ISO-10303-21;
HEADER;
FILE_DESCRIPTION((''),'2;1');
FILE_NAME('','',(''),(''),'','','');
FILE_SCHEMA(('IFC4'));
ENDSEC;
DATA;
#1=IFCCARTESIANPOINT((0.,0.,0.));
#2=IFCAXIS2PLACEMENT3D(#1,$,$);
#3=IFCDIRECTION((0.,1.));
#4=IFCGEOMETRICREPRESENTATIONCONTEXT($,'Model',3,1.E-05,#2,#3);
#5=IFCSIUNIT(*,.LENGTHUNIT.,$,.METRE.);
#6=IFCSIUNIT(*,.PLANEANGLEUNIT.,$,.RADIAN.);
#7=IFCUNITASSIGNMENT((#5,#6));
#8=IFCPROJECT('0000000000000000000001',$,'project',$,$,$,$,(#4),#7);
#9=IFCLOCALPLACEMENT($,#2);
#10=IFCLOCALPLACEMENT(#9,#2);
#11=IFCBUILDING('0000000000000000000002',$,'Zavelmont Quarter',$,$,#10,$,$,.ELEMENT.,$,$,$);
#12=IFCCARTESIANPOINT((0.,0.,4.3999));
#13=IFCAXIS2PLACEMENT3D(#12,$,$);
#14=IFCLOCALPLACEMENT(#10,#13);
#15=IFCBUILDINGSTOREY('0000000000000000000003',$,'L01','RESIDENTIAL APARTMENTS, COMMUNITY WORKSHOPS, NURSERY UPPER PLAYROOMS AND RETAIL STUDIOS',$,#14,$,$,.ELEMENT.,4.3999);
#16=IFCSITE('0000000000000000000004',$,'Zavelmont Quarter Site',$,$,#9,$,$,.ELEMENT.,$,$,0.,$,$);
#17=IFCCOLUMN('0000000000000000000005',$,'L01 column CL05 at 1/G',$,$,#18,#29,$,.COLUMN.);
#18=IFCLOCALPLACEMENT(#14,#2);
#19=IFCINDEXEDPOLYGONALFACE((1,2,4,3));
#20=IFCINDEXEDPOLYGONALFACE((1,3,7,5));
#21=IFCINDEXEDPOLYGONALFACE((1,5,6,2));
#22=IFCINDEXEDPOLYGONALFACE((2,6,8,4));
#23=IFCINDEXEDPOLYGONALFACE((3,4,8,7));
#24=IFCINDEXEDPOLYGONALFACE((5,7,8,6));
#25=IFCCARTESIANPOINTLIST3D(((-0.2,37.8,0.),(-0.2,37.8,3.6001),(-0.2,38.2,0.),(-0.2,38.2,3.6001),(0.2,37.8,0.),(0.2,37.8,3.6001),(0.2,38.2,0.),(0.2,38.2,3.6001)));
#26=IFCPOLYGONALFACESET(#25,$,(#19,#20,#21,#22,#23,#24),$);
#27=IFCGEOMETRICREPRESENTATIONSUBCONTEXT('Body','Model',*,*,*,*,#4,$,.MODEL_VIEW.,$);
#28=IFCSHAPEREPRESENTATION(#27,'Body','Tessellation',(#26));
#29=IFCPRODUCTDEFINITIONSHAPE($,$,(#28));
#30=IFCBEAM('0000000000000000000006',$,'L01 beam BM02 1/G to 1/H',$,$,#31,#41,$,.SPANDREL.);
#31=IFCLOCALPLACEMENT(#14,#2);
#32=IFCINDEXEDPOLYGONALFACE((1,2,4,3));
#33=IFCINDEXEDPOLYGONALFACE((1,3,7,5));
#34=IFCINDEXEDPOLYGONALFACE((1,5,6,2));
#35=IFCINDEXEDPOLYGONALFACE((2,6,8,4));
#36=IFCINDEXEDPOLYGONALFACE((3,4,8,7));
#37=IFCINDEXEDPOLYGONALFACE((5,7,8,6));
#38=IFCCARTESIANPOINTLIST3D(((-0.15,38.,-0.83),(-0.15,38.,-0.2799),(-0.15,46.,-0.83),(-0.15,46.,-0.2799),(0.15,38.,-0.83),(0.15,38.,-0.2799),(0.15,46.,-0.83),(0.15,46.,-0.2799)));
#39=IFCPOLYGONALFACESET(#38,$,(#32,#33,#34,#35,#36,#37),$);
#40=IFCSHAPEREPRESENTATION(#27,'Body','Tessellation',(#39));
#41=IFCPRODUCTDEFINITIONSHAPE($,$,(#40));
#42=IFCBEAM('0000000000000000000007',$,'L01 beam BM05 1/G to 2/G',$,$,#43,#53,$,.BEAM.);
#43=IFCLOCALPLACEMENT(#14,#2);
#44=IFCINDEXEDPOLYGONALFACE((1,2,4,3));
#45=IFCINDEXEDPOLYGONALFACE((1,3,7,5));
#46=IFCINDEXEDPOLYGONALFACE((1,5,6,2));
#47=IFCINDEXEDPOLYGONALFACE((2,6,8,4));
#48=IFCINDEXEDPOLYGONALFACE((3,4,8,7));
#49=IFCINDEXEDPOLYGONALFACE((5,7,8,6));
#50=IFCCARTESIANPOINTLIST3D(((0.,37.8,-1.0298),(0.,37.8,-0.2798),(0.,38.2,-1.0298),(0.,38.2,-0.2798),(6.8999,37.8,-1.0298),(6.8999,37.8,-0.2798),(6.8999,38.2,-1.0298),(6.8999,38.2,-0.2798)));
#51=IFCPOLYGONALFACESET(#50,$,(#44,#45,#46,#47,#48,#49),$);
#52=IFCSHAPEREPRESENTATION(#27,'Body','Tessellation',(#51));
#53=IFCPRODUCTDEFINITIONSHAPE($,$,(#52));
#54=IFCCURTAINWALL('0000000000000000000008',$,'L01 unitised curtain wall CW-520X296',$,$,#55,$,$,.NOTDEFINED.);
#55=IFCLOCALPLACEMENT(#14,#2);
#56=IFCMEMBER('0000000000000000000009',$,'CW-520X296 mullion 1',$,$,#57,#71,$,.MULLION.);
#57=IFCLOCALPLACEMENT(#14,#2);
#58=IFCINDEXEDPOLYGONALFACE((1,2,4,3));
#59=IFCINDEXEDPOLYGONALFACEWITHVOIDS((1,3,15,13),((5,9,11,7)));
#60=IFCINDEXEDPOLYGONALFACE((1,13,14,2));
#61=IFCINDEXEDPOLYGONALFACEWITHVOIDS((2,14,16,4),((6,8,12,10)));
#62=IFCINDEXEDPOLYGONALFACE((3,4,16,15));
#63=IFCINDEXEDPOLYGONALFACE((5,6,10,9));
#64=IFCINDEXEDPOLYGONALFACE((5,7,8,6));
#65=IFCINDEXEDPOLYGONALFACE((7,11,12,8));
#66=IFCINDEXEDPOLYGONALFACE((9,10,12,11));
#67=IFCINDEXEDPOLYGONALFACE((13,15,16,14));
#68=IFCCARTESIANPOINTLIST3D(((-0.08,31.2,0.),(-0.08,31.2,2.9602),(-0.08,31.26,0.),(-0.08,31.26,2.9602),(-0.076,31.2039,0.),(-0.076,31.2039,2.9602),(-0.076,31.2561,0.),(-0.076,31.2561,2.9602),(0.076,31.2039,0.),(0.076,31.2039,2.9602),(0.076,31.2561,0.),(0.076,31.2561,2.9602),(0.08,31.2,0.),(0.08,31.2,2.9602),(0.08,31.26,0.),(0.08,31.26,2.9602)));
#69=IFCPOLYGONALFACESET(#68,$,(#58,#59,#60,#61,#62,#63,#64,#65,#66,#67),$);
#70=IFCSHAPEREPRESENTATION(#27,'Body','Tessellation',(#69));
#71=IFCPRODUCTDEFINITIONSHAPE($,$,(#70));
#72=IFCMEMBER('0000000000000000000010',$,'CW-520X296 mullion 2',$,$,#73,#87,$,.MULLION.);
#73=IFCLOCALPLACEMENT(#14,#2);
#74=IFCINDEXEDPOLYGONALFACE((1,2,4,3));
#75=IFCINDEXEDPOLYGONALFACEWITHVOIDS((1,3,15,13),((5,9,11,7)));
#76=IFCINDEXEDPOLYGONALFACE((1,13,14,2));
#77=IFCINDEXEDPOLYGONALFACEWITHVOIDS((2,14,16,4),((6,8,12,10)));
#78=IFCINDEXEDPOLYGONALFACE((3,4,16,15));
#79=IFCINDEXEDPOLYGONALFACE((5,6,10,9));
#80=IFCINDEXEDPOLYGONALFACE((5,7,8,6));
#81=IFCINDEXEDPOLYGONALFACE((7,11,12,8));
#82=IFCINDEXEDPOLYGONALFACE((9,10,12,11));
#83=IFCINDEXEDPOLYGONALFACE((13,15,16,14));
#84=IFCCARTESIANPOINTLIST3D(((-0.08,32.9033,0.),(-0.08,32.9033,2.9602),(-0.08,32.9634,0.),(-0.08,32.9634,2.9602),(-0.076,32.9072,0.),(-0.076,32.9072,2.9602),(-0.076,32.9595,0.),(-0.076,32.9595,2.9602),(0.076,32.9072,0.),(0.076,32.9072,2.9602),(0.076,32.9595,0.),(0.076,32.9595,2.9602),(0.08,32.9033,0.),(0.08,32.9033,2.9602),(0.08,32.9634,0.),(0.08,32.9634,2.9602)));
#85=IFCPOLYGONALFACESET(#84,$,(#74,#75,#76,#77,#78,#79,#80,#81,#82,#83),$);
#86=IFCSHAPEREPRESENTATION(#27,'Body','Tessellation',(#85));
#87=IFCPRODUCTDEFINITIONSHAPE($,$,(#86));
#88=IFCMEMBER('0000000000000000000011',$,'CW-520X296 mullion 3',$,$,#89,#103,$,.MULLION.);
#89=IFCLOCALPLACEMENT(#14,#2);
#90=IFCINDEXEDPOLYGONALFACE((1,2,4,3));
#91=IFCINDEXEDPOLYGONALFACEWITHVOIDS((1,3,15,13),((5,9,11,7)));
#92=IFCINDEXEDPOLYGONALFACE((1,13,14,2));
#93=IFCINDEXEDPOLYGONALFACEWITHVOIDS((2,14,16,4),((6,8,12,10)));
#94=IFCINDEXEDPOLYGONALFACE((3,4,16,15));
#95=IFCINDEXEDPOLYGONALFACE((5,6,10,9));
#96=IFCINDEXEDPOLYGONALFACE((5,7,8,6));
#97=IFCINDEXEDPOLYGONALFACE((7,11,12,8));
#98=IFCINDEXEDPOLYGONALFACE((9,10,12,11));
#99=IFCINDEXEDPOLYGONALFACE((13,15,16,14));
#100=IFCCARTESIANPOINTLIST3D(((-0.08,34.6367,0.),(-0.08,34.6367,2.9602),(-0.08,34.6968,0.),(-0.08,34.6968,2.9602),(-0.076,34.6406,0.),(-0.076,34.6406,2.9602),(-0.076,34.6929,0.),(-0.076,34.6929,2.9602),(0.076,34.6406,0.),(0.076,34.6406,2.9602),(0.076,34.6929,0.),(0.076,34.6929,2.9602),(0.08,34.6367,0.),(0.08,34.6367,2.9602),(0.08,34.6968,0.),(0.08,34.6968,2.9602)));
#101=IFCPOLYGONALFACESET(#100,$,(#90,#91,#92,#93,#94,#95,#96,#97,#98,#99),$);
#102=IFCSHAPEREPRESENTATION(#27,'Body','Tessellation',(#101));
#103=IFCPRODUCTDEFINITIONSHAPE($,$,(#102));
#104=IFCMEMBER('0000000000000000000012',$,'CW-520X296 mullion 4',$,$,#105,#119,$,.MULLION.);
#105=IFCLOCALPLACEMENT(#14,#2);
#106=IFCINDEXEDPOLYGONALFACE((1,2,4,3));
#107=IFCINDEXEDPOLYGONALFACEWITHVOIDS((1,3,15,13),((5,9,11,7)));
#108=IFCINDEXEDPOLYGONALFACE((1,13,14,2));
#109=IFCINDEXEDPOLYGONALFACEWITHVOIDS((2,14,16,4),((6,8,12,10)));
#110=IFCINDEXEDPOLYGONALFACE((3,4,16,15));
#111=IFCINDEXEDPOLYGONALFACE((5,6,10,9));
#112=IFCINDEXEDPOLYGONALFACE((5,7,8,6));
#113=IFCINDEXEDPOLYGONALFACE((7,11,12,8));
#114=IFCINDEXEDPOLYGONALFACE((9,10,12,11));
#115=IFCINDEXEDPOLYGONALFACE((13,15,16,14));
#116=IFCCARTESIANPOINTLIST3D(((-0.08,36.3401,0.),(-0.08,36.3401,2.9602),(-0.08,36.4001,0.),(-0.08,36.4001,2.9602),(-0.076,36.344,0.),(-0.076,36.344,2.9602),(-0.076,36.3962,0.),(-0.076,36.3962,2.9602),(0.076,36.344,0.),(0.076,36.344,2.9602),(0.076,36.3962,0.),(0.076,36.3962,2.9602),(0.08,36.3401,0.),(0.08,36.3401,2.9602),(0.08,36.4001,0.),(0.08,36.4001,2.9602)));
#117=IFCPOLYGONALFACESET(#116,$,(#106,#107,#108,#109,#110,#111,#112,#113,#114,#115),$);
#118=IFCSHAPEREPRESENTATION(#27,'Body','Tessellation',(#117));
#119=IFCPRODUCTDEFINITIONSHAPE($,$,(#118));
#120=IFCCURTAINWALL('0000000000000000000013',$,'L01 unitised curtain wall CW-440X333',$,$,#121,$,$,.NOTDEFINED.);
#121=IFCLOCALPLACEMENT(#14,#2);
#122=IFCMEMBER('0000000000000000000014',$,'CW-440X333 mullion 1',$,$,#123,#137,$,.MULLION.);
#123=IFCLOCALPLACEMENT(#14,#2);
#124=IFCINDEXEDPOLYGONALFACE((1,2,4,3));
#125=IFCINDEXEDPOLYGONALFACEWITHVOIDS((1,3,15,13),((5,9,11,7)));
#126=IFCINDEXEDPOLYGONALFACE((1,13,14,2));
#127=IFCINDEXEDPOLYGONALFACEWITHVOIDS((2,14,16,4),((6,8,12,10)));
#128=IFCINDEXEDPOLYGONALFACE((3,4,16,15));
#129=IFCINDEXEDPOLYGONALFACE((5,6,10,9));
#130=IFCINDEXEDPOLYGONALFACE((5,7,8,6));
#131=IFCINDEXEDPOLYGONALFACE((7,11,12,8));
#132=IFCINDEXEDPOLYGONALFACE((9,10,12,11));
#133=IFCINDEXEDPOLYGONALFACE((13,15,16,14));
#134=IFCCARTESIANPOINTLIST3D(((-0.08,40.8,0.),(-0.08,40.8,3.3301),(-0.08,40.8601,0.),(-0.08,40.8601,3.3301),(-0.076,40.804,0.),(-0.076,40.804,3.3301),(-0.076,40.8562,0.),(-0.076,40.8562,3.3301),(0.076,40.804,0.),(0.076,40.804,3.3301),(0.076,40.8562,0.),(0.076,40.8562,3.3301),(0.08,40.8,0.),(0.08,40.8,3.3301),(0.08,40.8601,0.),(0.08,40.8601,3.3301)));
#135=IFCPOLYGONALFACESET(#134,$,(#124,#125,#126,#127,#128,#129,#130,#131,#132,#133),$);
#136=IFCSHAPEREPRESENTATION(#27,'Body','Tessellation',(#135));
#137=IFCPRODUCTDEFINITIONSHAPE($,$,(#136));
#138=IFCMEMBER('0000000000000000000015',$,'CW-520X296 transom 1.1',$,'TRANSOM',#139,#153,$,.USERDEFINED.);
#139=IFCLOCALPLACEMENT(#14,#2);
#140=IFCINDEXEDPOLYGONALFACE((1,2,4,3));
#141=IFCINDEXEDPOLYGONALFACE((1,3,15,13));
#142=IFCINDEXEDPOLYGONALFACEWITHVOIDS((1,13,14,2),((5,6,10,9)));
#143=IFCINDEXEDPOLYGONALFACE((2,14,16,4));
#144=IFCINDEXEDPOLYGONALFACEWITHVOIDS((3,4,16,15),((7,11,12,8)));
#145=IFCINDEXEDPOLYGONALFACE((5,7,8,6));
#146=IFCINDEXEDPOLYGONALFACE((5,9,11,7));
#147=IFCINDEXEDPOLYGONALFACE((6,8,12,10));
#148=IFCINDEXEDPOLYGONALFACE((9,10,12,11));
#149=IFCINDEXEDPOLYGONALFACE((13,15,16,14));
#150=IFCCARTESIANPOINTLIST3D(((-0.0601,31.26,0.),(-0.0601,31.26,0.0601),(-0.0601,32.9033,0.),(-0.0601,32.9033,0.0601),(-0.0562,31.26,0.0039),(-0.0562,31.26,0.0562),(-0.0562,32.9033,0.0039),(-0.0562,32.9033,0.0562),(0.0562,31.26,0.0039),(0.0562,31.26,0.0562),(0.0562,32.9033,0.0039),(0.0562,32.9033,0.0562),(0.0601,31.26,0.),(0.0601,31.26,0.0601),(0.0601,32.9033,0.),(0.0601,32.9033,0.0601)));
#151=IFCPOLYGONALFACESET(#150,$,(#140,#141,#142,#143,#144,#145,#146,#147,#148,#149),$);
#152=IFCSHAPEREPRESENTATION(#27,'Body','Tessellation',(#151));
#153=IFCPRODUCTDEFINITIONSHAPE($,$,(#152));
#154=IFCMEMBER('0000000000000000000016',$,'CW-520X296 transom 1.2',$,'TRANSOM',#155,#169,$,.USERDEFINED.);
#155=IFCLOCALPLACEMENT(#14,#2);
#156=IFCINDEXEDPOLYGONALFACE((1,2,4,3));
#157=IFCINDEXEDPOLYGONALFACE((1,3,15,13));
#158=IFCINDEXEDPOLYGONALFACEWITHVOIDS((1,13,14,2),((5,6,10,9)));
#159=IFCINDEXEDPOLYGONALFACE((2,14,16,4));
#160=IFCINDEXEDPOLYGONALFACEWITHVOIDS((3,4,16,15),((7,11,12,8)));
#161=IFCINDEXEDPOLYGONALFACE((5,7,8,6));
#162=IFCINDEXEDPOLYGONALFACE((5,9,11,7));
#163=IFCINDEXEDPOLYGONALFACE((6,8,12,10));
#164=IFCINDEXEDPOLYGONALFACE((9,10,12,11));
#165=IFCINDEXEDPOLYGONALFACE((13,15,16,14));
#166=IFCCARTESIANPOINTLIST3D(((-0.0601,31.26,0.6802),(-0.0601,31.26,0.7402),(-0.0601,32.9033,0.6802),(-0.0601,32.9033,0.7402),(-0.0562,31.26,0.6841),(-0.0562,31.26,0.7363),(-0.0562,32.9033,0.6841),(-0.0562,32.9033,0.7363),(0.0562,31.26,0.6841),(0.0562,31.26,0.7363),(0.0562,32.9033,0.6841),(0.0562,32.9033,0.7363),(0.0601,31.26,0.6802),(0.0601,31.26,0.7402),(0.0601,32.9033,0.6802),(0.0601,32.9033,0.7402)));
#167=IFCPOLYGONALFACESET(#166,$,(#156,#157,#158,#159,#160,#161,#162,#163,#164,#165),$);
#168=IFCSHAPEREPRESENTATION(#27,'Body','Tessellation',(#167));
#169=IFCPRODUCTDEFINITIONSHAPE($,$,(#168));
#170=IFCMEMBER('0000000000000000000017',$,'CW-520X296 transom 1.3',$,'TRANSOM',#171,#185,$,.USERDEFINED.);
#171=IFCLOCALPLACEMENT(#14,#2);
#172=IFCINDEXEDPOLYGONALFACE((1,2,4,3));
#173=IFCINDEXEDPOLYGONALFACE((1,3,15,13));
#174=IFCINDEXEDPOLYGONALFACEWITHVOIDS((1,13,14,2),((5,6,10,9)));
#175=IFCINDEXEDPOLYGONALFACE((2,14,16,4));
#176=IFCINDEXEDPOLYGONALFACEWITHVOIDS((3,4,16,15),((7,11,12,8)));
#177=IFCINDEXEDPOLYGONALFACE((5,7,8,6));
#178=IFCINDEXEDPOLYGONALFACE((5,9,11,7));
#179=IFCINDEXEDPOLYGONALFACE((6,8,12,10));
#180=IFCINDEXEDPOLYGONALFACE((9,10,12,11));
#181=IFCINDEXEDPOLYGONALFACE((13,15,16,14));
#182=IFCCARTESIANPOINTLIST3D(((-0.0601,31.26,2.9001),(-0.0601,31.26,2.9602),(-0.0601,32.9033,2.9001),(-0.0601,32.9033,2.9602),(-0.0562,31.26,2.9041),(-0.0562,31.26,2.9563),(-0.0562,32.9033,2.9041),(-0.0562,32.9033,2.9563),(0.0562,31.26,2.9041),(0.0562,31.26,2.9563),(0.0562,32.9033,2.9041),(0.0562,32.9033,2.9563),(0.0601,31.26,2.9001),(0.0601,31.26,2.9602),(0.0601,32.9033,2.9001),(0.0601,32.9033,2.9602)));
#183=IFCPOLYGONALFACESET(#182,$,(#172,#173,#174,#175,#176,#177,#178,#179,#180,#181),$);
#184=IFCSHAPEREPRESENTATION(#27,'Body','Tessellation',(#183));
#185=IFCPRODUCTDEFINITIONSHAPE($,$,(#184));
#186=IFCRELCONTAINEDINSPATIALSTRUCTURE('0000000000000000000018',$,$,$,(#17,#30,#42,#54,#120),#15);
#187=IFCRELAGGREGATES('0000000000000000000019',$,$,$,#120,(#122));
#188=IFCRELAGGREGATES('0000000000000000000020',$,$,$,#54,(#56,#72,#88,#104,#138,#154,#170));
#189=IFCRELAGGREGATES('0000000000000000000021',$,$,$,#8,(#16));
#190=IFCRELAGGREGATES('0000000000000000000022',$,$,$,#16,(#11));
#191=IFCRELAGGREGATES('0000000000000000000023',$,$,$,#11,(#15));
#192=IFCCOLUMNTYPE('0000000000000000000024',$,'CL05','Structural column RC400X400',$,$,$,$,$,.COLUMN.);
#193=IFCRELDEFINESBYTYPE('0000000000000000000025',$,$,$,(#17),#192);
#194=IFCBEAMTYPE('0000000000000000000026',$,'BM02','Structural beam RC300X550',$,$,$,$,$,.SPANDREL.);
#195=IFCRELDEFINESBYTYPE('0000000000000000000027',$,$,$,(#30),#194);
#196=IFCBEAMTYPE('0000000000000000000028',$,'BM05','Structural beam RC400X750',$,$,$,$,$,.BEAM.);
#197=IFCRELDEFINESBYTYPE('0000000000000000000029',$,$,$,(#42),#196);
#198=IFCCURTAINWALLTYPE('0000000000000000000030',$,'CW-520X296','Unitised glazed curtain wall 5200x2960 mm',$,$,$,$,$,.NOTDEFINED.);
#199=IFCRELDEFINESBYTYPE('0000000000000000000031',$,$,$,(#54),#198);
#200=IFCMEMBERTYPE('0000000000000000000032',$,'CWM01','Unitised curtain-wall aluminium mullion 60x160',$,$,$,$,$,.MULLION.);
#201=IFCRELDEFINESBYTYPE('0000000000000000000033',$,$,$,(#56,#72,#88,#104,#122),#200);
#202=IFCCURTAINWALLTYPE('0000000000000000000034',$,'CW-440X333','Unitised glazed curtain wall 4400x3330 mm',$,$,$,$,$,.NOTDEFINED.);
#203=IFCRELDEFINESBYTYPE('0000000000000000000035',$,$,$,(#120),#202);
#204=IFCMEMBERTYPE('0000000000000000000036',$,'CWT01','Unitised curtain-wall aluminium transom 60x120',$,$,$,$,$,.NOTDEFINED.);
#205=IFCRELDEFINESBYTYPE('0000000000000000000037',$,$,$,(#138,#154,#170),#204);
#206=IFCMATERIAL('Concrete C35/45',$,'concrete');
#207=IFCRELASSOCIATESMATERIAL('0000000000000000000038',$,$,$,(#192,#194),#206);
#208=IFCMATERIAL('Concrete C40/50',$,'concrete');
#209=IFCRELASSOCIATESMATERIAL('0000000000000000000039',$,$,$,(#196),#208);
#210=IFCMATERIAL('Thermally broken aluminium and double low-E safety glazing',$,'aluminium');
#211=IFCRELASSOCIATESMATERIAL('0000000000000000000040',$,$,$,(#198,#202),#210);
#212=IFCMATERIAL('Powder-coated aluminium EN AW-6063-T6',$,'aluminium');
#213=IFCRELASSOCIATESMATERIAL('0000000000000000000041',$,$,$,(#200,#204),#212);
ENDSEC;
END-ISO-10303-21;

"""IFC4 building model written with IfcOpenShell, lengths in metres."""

from ifc_helpers import new_model, si_unit, direction, frame, origin, origin_2d, place, context, subcontext, project, spatial, rectangle, hollow_rectangle, extrude, material, material_profile, profile_set, type_object, element, aggregate, save


model = new_model("IFC4")

# Units and contexts
model_context = context("Model", 3, precision=1e-05, world=origin(), true_north=direction((0.0, 1.0)))
body_context = subcontext(model_context, "Body", "Model", "MODEL_VIEW")
ifc_project = project(units=[si_unit("LENGTHUNIT", "METRE"), si_unit("PLANEANGLEUNIT", "RADIAN")], contexts=[model_context])

# Site, building, storey
site_placement = place(None, origin())
site = spatial("IfcSite", under=ifc_project, at=site_placement, Name="Zavelmont Quarter Site", CompositionType="ELEMENT", RefElevation=0.0)
building_placement = place(site_placement, origin())
building = spatial("IfcBuilding", under=site, at=building_placement, Name="Zavelmont Quarter", CompositionType="ELEMENT")
storey_placement = place(building_placement, frame((0.0, 0.0, 4.3999)))
storey = spatial("IfcBuildingStorey", under=building, at=storey_placement, Name="L01", Description="RESIDENTIAL APARTMENTS, COMMUNITY WORKSHOPS, NURSERY UPPER PLAYROOMS AND RETAIL STUDIOS", CompositionType="ELEMENT", Elevation=4.3999)

# Column
ifc_material_1 = material(Name="Concrete C35/45", Category="concrete")
ifc_material_profile_1 = material_profile(ifc_material_1, rectangle(XDim=0.3999, YDim=0.3999, at=origin_2d()), Name="RC400X400")
ifc_profile_set_1 = profile_set([ifc_material_profile_1], Name="Concrete C35/45")
column_type = type_object("IfcColumnType", Name="CL05", Description="Structural column RC400X400", PredefinedType="COLUMN", material=ifc_profile_set_1)
column_placement = place(storey_placement, frame((0.0, 38.0, 0.0), z_axis=(0.0, 0.0, 1.0), x_axis=(1.0, 0.0, 0.0)))
element("IfcColumn", 1, at=column_placement, inside=storey, type_object=column_type, Name="L01 column CL05 at 1/G", PredefinedType="COLUMN", context=body_context, shape_type="SweptSolid", body=[
    extrude(rectangle(XDim=0.3999, YDim=0.3999, at=origin_2d()), origin(), (0.0, 0.0, 1.0), 3.6001),
])

# Beams
ifc_material_profile_2 = material_profile(ifc_material_1, rectangle(XDim=0.3, YDim=0.55, at=origin_2d()), Name="RC300X550")
ifc_profile_set_2 = profile_set([ifc_material_profile_2], Name="Concrete C35/45")
beam_type_1 = type_object("IfcBeamType", Name="BM02", Description="Structural beam RC300X550", PredefinedType="SPANDREL", material=ifc_profile_set_2)
beam_1_placement = place(storey_placement, frame((0.0, 38.0, -0.5549), z_axis=(0.0, 1.0, 0.0), x_axis=(-1.0, 0.0, 0.0)))
element("IfcBeam", 2, at=beam_1_placement, inside=storey, type_object=beam_type_1, Name="L01 beam BM02 1/G to 1/H", PredefinedType="SPANDREL", context=body_context, shape_type="SweptSolid", body=[
    extrude(rectangle(XDim=0.3, YDim=0.55, at=origin_2d()), origin(), (0.0, 0.0, 1.0), 8.0),
])
ifc_material_2 = material(Name="Concrete C40/50", Category="concrete")
ifc_material_profile_3 = material_profile(ifc_material_2, rectangle(XDim=0.3999, YDim=0.75, at=origin_2d()), Name="RC400X750")
ifc_profile_set_3 = profile_set([ifc_material_profile_3], Name="Concrete C40/50")
beam_type_2 = type_object("IfcBeamType", Name="BM05", Description="Structural beam RC400X750", PredefinedType="BEAM", material=ifc_profile_set_3)
beam_2_placement = place(storey_placement, frame((0.0, 38.0, -0.6548), z_axis=(1.0, 0.0, 0.0), x_axis=(0.0, 1.0, 0.0)))
element("IfcBeam", 3, at=beam_2_placement, inside=storey, type_object=beam_type_2, Name="L01 beam BM05 1/G to 2/G", PredefinedType="BEAM", context=body_context, shape_type="SweptSolid", body=[
    extrude(rectangle(XDim=0.3999, YDim=0.75, at=origin_2d()), origin(), (0.0, 0.0, 1.0), 6.8999),
])

# Curtain wall, members
ifc_material_3 = material(Name="Thermally broken aluminium and double low-E safety glazing", Category="aluminium")
curtain_wall_type_1 = type_object("IfcCurtainWallType", Name="CW-520X296", Description="Unitised glazed curtain wall 5200x2960 mm", PredefinedType="NOTDEFINED", material=ifc_material_3)
curtain_wall_1_placement = place(storey_placement, origin())
curtain_wall_1 = element("IfcCurtainWall", 4, at=curtain_wall_1_placement, inside=storey, type_object=curtain_wall_type_1, Name="L01 unitised curtain wall CW-520X296", PredefinedType="NOTDEFINED")
ifc_material_4 = material(Name="Powder-coated aluminium EN AW-6063-T6", Category="aluminium")
ifc_material_profile_4 = material_profile(ifc_material_4, hollow_rectangle(XDim=0.0601, YDim=0.1599, WallThickness=0.0039, at=origin_2d()), Name="CWM60X160")
ifc_profile_set_4 = profile_set([ifc_material_profile_4], Name="Powder-coated aluminium EN AW-6063-T6")
member_type_1 = type_object("IfcMemberType", Name="CWM01", Description="Unitised curtain-wall aluminium mullion 60x160", PredefinedType="MULLION", material=ifc_profile_set_4)
member_1_placement = place(storey_placement, frame((0.0, 31.23, 0.0), z_axis=(0.0, 0.0, 1.0), x_axis=(0.0, 1.0, 0.0)))
member_1 = element("IfcMember", 5, at=member_1_placement, type_object=member_type_1, Name="CW-520X296 mullion 1", PredefinedType="MULLION", context=body_context, shape_type="SweptSolid", body=[
    extrude(hollow_rectangle(XDim=0.0601, YDim=0.1599, WallThickness=0.0039, at=origin_2d()), origin(), (0.0, 0.0, 1.0), 2.9602),
])
member_2_placement = place(storey_placement, frame((0.0, 32.9333, 0.0), z_axis=(0.0, 0.0, 1.0), x_axis=(0.0, 1.0, 0.0)))
member_2 = element("IfcMember", 6, at=member_2_placement, type_object=member_type_1, Name="CW-520X296 mullion 2", PredefinedType="MULLION", context=body_context, shape_type="SweptSolid", body=[
    extrude(hollow_rectangle(XDim=0.0601, YDim=0.1599, WallThickness=0.0039, at=origin_2d()), origin(), (0.0, 0.0, 1.0), 2.9602),
])
member_3_placement = place(storey_placement, frame((0.0, 34.6667, 0.0), z_axis=(0.0, 0.0, 1.0), x_axis=(0.0, 1.0, 0.0)))
member_3 = element("IfcMember", 7, at=member_3_placement, type_object=member_type_1, Name="CW-520X296 mullion 3", PredefinedType="MULLION", context=body_context, shape_type="SweptSolid", body=[
    extrude(hollow_rectangle(XDim=0.0601, YDim=0.1599, WallThickness=0.0039, at=origin_2d()), origin(), (0.0, 0.0, 1.0), 2.9602),
])
member_4_placement = place(storey_placement, frame((0.0, 36.3701, 0.0), z_axis=(0.0, 0.0, 1.0), x_axis=(0.0, 1.0, 0.0)))
member_4 = element("IfcMember", 8, at=member_4_placement, type_object=member_type_1, Name="CW-520X296 mullion 4", PredefinedType="MULLION", context=body_context, shape_type="SweptSolid", body=[
    extrude(hollow_rectangle(XDim=0.0601, YDim=0.1599, WallThickness=0.0039, at=origin_2d()), origin(), (0.0, 0.0, 1.0), 2.9602),
])

# Curtain wall, member
curtain_wall_type_2 = type_object("IfcCurtainWallType", Name="CW-440X333", Description="Unitised glazed curtain wall 4400x3330 mm", PredefinedType="NOTDEFINED", material=ifc_material_3)
curtain_wall_2_placement = place(storey_placement, origin())
curtain_wall_2 = element("IfcCurtainWall", 9, at=curtain_wall_2_placement, inside=storey, type_object=curtain_wall_type_2, Name="L01 unitised curtain wall CW-440X333", PredefinedType="NOTDEFINED")
member_5_placement = place(storey_placement, frame((0.0, 40.8301, 0.0), z_axis=(0.0, 0.0, 1.0), x_axis=(0.0, 1.0, 0.0)))
member_5 = element("IfcMember", 10, at=member_5_placement, type_object=member_type_1, Name="CW-440X333 mullion 1", PredefinedType="MULLION", context=body_context, shape_type="SweptSolid", body=[
    extrude(hollow_rectangle(XDim=0.0601, YDim=0.1599, WallThickness=0.0039, at=origin_2d()), origin(), (0.0, 0.0, 1.0), 3.3301),
])

# Members
ifc_material_profile_5 = material_profile(ifc_material_4, hollow_rectangle(XDim=0.1201, YDim=0.0601, WallThickness=0.0039, at=origin_2d()), Name="CWT60X120")
ifc_profile_set_5 = profile_set([ifc_material_profile_5], Name="Powder-coated aluminium EN AW-6063-T6")
member_type_2 = type_object("IfcMemberType", Name="CWT01", Description="Unitised curtain-wall aluminium transom 60x120", PredefinedType="NOTDEFINED", material=ifc_profile_set_5)
member_6_placement = place(storey_placement, frame((0.0, 31.26, 0.03), z_axis=(0.0, 1.0, 0.0), x_axis=(-1.0, 0.0, 0.0)))
member_6 = element("IfcMember", 11, at=member_6_placement, type_object=member_type_2, Name="CW-520X296 transom 1.1", ObjectType="TRANSOM", PredefinedType="USERDEFINED", context=body_context, shape_type="SweptSolid", body=[
    extrude(hollow_rectangle(XDim=0.1201, YDim=0.0601, WallThickness=0.0039, at=origin_2d()), origin(), (0.0, 0.0, 1.0), 1.6433),
])
member_7_placement = place(storey_placement, frame((0.0, 31.26, 0.7102), z_axis=(0.0, 1.0, 0.0), x_axis=(-1.0, 0.0, 0.0)))
member_7 = element("IfcMember", 12, at=member_7_placement, type_object=member_type_2, Name="CW-520X296 transom 1.2", ObjectType="TRANSOM", PredefinedType="USERDEFINED", context=body_context, shape_type="SweptSolid", body=[
    extrude(hollow_rectangle(XDim=0.1201, YDim=0.0601, WallThickness=0.0039, at=origin_2d()), origin(), (0.0, 0.0, 1.0), 1.6433),
])
member_8_placement = place(storey_placement, frame((0.0, 31.26, 2.9302), z_axis=(0.0, 1.0, 0.0), x_axis=(-1.0, 0.0, 0.0)))
member_8 = element("IfcMember", 13, at=member_8_placement, type_object=member_type_2, Name="CW-520X296 transom 1.3", ObjectType="TRANSOM", PredefinedType="USERDEFINED", context=body_context, shape_type="SweptSolid", body=[
    extrude(hollow_rectangle(XDim=0.1201, YDim=0.0601, WallThickness=0.0039, at=origin_2d()), origin(), (0.0, 0.0, 1.0), 1.6433),
])
aggregate(curtain_wall_2, [member_5])

aggregate(curtain_wall_1, [member_1, member_2, member_3, member_4, member_6, member_7, member_8])

save(model, "model.ifc")
